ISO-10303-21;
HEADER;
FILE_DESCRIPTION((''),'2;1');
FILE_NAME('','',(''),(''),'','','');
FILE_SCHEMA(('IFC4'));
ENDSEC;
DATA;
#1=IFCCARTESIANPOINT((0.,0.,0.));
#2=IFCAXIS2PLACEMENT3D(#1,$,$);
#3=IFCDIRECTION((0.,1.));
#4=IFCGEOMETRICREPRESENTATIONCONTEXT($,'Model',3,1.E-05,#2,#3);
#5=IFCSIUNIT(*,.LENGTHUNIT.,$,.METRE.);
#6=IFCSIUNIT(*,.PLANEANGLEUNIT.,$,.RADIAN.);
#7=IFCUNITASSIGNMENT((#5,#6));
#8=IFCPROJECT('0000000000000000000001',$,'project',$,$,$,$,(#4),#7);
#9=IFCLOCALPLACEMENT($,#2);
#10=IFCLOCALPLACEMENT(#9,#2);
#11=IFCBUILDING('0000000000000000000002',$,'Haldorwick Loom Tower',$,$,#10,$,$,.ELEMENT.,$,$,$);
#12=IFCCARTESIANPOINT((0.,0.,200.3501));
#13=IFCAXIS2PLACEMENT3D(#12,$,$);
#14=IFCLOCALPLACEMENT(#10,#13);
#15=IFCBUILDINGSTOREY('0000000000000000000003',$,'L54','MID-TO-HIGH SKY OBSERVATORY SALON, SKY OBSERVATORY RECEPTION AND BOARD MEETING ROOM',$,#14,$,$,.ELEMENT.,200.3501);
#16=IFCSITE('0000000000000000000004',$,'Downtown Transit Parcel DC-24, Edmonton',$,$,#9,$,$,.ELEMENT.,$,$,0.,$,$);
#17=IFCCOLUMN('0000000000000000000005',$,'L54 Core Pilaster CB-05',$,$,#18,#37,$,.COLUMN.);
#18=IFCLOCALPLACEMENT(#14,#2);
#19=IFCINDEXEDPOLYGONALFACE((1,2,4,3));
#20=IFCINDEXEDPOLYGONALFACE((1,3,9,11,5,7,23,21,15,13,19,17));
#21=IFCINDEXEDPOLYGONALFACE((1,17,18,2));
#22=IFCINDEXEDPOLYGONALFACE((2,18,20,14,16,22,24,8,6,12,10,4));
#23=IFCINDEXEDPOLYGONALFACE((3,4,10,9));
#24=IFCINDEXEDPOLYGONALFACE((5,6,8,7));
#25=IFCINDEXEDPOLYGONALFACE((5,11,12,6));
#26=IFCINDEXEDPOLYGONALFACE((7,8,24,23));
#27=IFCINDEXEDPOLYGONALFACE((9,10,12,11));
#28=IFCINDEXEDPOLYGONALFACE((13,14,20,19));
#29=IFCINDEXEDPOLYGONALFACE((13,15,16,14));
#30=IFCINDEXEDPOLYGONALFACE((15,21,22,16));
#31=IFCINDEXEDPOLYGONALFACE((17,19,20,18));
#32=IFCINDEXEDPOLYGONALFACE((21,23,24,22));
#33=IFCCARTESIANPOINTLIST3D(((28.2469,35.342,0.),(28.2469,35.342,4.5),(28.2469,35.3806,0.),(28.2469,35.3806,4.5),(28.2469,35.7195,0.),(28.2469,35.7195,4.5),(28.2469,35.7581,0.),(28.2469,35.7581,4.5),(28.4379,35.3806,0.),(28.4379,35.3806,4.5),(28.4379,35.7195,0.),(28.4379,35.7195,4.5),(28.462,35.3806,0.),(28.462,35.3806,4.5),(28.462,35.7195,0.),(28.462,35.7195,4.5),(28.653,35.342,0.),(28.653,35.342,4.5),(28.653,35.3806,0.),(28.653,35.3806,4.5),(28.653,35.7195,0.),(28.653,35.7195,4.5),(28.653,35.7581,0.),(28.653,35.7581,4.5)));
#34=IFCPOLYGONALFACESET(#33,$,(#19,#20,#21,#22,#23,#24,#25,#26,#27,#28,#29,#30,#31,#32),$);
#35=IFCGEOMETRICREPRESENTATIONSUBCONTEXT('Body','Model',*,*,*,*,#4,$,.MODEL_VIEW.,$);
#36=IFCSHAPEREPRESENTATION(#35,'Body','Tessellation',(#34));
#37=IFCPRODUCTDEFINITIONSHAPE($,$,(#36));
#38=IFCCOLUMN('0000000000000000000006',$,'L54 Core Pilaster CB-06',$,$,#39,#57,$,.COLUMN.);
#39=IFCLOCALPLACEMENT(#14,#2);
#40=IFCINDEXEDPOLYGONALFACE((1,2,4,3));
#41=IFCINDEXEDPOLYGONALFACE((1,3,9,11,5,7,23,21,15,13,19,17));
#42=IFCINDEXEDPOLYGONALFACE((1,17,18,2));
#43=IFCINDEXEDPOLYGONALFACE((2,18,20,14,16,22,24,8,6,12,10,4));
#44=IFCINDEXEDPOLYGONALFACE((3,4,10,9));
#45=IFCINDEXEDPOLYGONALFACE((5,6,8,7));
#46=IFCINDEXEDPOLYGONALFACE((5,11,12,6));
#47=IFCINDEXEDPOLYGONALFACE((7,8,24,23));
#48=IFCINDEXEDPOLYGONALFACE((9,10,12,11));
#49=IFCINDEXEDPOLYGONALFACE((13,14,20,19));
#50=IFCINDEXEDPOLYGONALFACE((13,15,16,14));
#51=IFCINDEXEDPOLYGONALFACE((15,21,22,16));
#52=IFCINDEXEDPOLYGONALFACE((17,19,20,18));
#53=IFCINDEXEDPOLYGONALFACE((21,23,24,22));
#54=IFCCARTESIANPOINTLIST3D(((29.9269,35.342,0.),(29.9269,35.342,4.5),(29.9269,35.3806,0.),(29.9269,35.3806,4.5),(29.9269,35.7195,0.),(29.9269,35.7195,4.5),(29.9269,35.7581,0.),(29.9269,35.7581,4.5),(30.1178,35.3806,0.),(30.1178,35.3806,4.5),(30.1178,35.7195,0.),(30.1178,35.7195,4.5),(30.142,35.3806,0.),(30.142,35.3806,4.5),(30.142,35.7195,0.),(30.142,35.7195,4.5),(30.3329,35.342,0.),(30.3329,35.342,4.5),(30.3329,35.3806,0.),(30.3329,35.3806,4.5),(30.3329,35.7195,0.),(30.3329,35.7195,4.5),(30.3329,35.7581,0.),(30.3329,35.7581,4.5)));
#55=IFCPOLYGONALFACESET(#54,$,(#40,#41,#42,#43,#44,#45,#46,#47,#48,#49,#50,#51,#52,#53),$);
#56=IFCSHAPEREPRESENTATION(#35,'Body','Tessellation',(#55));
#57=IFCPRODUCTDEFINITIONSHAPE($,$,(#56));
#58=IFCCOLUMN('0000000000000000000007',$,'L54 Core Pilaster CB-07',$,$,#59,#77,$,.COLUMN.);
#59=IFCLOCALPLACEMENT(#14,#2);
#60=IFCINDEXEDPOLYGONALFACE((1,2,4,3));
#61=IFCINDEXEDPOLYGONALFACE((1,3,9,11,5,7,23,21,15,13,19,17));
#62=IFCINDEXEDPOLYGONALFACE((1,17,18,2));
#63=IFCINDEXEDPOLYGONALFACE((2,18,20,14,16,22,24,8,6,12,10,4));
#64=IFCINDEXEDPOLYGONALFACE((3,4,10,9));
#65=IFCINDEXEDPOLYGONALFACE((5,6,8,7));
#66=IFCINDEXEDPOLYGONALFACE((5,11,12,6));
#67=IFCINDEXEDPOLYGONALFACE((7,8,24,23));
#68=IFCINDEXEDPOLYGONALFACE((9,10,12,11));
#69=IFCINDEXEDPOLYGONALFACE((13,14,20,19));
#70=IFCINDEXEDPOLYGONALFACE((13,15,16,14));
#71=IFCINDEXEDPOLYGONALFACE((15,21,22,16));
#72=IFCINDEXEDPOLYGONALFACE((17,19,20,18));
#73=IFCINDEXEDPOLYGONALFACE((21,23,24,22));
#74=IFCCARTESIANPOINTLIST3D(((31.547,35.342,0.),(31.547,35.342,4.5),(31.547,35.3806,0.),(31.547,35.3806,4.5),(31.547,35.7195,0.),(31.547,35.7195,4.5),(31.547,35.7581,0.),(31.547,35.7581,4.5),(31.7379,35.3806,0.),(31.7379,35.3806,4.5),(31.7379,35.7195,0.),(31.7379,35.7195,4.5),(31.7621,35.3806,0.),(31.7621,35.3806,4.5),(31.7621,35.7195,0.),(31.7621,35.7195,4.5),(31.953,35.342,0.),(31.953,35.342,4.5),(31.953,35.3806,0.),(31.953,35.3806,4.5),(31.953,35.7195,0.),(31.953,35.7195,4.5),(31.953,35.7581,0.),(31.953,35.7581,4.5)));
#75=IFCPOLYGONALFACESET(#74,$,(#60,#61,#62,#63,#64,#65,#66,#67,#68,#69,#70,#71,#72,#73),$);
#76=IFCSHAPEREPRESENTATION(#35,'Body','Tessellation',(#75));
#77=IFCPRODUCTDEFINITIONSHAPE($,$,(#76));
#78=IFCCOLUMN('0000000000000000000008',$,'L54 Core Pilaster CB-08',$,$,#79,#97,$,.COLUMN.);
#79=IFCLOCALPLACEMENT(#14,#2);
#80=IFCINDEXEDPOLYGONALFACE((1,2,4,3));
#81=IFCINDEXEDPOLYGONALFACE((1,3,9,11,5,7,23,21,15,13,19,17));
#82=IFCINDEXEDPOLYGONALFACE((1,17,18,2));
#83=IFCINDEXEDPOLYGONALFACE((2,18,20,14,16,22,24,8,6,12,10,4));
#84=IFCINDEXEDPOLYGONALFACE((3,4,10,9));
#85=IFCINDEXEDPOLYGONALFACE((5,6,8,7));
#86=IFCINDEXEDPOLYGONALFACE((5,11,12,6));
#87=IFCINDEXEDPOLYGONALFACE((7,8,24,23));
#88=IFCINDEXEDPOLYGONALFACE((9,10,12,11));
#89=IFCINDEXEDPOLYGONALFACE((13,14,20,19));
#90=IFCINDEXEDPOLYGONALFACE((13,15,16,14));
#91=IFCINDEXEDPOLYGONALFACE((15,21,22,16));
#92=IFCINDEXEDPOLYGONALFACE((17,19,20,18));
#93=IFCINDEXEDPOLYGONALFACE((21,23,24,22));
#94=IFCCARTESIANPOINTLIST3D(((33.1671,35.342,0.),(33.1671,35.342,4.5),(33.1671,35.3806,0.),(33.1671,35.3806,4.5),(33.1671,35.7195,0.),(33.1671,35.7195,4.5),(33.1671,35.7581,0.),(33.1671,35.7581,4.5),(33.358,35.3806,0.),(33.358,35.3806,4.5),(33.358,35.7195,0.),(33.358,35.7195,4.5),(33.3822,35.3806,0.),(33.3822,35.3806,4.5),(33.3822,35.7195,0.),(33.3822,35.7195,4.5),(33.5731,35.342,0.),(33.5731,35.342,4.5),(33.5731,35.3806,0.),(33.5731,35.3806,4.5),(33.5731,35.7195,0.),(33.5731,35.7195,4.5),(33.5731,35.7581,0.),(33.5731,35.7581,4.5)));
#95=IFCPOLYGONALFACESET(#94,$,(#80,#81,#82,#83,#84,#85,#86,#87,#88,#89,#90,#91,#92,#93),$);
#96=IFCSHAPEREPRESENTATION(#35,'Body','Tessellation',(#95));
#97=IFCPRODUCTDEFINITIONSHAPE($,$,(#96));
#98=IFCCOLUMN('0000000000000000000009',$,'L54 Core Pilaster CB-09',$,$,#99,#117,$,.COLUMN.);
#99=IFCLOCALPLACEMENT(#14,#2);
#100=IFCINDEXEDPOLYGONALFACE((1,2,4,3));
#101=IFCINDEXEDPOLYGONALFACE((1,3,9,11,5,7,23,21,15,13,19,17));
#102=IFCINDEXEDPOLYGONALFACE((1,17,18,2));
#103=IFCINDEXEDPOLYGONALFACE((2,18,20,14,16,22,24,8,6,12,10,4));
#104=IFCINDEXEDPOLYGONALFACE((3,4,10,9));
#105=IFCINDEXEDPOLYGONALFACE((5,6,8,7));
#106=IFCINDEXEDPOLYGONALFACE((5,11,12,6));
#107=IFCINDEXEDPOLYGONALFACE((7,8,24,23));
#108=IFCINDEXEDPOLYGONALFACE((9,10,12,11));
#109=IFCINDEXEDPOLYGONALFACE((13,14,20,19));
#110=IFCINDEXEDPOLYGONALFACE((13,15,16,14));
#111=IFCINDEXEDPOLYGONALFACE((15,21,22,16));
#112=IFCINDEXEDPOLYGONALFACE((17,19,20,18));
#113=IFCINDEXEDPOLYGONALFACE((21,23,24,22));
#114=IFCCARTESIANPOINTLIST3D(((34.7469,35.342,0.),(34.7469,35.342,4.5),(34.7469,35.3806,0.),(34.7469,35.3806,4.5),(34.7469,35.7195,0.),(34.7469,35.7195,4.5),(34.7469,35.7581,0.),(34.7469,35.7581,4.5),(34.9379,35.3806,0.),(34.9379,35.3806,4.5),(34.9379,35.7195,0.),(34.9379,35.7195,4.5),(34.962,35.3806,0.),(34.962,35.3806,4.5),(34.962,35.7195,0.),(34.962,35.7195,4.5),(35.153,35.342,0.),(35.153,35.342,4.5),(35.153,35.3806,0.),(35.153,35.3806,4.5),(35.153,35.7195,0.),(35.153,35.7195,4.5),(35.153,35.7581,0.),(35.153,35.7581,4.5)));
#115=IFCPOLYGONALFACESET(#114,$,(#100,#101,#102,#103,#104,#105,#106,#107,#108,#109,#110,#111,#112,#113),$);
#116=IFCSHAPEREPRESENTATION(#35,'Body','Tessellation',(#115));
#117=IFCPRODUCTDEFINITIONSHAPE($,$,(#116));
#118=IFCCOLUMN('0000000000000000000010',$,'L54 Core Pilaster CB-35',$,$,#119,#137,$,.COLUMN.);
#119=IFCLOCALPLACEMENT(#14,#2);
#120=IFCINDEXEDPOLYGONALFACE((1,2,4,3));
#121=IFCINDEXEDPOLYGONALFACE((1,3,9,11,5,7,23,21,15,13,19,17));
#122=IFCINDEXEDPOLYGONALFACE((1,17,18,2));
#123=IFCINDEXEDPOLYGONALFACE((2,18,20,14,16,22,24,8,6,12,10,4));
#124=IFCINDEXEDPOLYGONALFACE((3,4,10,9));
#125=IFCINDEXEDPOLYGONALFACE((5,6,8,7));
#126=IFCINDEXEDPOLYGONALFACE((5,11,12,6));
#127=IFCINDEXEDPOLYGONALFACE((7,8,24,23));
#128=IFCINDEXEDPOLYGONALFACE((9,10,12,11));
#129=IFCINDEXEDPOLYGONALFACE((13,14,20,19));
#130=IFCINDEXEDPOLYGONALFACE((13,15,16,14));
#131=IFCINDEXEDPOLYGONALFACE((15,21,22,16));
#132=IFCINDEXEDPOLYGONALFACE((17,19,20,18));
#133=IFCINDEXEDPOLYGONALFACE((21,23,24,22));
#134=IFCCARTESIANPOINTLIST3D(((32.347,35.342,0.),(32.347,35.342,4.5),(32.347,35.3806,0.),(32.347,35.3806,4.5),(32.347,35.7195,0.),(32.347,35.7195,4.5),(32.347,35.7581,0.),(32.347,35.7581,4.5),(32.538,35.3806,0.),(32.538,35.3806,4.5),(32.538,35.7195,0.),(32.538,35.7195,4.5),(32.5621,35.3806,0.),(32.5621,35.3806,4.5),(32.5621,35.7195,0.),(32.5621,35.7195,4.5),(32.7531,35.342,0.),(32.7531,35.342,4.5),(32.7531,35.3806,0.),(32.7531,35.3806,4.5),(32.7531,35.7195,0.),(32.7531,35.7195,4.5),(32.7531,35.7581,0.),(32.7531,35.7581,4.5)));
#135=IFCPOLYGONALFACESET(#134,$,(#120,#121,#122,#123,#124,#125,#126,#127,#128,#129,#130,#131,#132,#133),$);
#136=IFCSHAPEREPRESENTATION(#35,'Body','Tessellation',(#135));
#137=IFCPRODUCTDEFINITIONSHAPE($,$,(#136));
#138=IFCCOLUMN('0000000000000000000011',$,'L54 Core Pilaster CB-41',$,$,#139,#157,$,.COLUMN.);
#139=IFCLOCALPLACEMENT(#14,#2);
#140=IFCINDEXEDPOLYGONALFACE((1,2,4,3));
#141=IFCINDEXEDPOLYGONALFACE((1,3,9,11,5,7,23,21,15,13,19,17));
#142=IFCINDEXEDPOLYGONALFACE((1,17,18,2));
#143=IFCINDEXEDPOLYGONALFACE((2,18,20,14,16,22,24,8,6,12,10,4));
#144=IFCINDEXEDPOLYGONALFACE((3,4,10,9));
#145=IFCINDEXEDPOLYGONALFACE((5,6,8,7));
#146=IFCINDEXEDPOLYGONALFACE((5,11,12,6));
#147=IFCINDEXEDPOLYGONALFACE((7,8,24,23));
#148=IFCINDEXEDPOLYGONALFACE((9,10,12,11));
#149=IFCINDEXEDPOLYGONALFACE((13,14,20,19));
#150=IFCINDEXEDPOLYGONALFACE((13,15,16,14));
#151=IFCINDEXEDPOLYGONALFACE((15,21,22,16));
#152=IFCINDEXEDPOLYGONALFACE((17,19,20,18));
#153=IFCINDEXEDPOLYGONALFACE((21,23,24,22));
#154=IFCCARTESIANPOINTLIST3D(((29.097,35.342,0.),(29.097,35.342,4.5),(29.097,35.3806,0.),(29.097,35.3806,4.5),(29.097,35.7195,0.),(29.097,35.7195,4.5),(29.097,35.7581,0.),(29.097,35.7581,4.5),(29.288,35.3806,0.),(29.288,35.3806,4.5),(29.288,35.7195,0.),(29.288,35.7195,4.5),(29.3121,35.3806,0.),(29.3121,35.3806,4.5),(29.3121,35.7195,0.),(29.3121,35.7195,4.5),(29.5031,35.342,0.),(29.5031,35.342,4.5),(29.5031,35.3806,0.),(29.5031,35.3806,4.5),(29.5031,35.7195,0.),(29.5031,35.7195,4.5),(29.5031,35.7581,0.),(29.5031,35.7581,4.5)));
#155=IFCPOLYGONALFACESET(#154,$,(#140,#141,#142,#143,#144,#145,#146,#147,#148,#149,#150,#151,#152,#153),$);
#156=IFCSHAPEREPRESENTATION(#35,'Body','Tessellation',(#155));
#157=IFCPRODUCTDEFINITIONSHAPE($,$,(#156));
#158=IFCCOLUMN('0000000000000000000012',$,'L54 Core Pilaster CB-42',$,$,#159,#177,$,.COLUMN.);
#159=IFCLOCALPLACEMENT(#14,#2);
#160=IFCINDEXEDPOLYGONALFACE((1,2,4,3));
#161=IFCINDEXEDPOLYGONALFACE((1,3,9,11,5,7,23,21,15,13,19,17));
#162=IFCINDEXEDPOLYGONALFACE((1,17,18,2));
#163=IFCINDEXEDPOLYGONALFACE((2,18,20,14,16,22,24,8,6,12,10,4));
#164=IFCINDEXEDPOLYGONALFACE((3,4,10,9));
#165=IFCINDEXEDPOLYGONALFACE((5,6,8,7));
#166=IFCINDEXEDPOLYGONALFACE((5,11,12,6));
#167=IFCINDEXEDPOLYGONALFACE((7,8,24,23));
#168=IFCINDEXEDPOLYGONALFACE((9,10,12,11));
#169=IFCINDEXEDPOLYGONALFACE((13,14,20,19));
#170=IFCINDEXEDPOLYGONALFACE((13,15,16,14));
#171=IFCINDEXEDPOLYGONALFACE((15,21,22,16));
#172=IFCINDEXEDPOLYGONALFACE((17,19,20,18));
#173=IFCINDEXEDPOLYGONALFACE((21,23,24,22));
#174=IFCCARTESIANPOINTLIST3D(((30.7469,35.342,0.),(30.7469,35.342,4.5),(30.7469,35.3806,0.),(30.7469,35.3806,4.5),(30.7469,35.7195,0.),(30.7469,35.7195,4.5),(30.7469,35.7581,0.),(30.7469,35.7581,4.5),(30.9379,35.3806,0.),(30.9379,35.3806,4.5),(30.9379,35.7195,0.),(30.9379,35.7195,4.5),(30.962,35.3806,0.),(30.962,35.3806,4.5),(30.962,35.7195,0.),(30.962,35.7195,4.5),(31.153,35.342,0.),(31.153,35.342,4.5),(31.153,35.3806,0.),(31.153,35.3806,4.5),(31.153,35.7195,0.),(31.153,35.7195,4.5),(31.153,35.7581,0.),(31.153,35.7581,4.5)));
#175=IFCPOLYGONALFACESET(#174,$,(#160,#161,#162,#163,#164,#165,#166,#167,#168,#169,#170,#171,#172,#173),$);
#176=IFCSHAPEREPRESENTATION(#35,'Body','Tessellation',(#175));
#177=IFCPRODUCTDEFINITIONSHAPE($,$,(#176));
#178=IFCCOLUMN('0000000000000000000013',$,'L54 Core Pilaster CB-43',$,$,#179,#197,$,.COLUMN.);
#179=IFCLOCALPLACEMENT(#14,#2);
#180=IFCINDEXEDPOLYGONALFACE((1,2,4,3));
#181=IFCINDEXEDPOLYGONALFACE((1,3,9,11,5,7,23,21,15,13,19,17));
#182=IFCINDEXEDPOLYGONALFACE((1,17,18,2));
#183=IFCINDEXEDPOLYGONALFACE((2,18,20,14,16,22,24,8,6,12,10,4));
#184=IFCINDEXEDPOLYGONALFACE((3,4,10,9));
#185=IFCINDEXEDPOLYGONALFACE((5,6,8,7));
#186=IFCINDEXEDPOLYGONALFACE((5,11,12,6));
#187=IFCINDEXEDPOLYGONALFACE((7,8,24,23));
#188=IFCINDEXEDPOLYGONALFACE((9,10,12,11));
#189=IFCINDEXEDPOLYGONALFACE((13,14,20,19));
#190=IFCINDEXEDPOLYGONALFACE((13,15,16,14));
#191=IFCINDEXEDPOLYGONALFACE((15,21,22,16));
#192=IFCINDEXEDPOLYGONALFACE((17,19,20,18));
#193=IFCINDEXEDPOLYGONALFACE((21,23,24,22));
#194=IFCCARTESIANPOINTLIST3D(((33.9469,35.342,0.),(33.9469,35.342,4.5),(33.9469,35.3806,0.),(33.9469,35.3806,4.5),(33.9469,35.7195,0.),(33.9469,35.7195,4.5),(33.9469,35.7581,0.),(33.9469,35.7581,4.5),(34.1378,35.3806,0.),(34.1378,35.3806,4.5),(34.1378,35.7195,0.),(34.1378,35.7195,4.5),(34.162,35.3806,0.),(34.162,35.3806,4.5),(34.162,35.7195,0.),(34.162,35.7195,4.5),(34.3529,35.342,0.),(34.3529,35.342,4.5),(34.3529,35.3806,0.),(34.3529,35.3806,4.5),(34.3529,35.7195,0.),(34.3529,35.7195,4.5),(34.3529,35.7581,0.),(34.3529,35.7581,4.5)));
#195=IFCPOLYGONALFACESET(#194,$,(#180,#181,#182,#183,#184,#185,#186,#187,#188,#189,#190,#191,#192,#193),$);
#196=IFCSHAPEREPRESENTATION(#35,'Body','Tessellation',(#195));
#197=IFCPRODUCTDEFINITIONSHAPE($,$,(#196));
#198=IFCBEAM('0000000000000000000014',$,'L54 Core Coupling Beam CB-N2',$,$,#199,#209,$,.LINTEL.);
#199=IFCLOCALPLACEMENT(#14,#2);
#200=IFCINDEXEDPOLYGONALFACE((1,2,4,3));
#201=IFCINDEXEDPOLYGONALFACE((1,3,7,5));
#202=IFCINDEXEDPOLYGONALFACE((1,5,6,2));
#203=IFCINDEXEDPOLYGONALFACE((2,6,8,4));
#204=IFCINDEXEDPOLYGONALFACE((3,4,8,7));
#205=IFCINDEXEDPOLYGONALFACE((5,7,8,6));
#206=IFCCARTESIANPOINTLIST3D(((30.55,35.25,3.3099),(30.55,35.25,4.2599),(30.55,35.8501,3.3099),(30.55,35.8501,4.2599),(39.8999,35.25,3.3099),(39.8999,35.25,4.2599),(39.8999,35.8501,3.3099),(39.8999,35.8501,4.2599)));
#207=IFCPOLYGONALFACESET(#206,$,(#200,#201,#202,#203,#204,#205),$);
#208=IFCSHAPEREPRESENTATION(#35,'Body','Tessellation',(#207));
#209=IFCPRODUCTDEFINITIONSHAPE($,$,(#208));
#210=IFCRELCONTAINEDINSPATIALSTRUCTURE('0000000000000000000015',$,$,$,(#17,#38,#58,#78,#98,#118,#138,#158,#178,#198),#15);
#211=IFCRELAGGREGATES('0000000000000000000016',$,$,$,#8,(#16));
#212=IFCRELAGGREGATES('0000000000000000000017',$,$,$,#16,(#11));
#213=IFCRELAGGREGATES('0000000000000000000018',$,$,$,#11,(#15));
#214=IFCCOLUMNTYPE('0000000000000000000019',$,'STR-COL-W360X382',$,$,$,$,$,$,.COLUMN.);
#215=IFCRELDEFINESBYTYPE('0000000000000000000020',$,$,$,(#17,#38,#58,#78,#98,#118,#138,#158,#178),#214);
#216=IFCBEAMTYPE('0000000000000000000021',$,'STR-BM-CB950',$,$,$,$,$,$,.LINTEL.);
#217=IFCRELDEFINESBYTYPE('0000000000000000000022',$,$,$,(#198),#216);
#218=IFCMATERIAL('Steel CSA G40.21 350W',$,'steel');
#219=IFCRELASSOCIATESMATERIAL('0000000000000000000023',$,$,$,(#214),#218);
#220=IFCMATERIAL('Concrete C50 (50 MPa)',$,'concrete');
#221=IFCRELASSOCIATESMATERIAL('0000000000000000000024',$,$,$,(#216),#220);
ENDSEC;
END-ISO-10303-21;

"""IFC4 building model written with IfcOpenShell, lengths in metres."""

from ifc_helpers import new_model, si_unit, direction, frame, origin, origin_2d, place, context, subcontext, project, spatial, rectangle, i_section, extrude, material, material_profile, profile_set, type_object, element, save


model = new_model("IFC4")

# Units and contexts
model_context = context("Model", 3, precision=1e-05, world=origin(), true_north=direction((0.0, 1.0)))
body_context = subcontext(model_context, "Body", "Model", "MODEL_VIEW")
ifc_project = project(units=[si_unit("LENGTHUNIT", "METRE"), si_unit("PLANEANGLEUNIT", "RADIAN")], contexts=[model_context])

# Site, building, storey
site_placement = place(None, origin())
site = spatial("IfcSite", under=ifc_project, at=site_placement, Name="Downtown Transit Parcel DC-24, Edmonton", CompositionType="ELEMENT", RefElevation=0.0)
building_placement = place(site_placement, origin())
building = spatial("IfcBuilding", under=site, at=building_placement, Name="Haldorwick Loom Tower", CompositionType="ELEMENT")
storey_placement = place(building_placement, frame((0.0, 0.0, 200.3501)))
storey = spatial("IfcBuildingStorey", under=building, at=storey_placement, Name="L54", Description="MID-TO-HIGH SKY OBSERVATORY SALON, SKY OBSERVATORY RECEPTION AND BOARD MEETING ROOM", CompositionType="ELEMENT", Elevation=200.3501)

# Columns
ifc_material_1 = material(Name="Steel CSA G40.21 350W", Category="steel")
ifc_material_profile_1 = material_profile(ifc_material_1, i_section(OverallWidth=0.406, OverallDepth=0.416, WebThickness=0.0242, FlangeThickness=0.0386, at=origin_2d()), Name="W360X382", Category="steel")
ifc_profile_set_1 = profile_set([ifc_material_profile_1], Name="Steel CSA G40.21 350W")
column_type = type_object("IfcColumnType", Name="STR-COL-W360X382", PredefinedType="COLUMN", material=ifc_profile_set_1)
for number, where, z_axis, x_axis, name in (
    (1, (28.45, 35.55, 0.0), (0.0, 0.0, 1.0), (1.0, 0.0, 0.0), "L54 Core Pilaster CB-05"),
    (2, (30.1299, 35.55, 0.0), (0.0, 0.0, 1.0), (1.0, 0.0, 0.0), "L54 Core Pilaster CB-06"),
    (3, (31.75, 35.55, 0.0), (0.0, 0.0, 1.0), (1.0, 0.0, 0.0), "L54 Core Pilaster CB-07"),
    (4, (33.3701, 35.55, 0.0), (0.0, 0.0, 1.0), (1.0, 0.0, 0.0), "L54 Core Pilaster CB-08"),
    (5, (34.95, 35.55, 0.0), (0.0, 0.0, 1.0), (1.0, 0.0, 0.0), "L54 Core Pilaster CB-09"),
    (6, (32.55, 35.55, 0.0), (0.0, 0.0, 1.0), (1.0, 0.0, 0.0), "L54 Core Pilaster CB-35"),
    (7, (29.3, 35.55, 0.0), (0.0, 0.0, 1.0), (1.0, 0.0, 0.0), "L54 Core Pilaster CB-41"),
    (8, (30.95, 35.55, 0.0), (0.0, 0.0, 1.0), (1.0, 0.0, 0.0), "L54 Core Pilaster CB-42"),
    (9, (34.1499, 35.55, 0.0), (0.0, 0.0, 1.0), (1.0, 0.0, 0.0), "L54 Core Pilaster CB-43"),
):
    element("IfcColumn", number, at=place(storey_placement, frame(where, z_axis=z_axis, x_axis=x_axis)), inside=storey, type_object=column_type, Name=name, PredefinedType="COLUMN", context=body_context, shape_type="SweptSolid", body=[
        extrude(i_section(OverallWidth=0.406, OverallDepth=0.416, WebThickness=0.0242, FlangeThickness=0.0386, at=origin_2d()), origin(), (0.0, 0.0, 1.0), 4.5),
    ])

# Beam
ifc_material_2 = material(Name="Concrete C50 (50 MPa)", Category="concrete")
ifc_material_profile_2 = material_profile(ifc_material_2, rectangle(XDim=0.6001, YDim=0.95, at=origin_2d()), Name="RC600X950", Category="concrete")
ifc_profile_set_2 = profile_set([ifc_material_profile_2], Name="Concrete C50 (50 MPa)")
beam_type_1 = type_object("IfcBeamType", Name="STR-BM-CB950", PredefinedType="LINTEL", material=ifc_profile_set_2)
beam_1_placement = place(storey_placement, frame((30.55, 35.55, 3.7849), z_axis=(1.0, 0.0, 0.0), x_axis=(0.0, 1.0, 0.0)))
element("IfcBeam", 10, at=beam_1_placement, inside=storey, type_object=beam_type_1, Name="L54 Core Coupling Beam CB-N2", PredefinedType="LINTEL", context=body_context, shape_type="SweptSolid", body=[
    extrude(rectangle(XDim=0.6001, YDim=0.95, at=origin_2d()), origin(), (0.0, 0.0, 1.0), 9.3499),
])

save(model, "model.ifc")
